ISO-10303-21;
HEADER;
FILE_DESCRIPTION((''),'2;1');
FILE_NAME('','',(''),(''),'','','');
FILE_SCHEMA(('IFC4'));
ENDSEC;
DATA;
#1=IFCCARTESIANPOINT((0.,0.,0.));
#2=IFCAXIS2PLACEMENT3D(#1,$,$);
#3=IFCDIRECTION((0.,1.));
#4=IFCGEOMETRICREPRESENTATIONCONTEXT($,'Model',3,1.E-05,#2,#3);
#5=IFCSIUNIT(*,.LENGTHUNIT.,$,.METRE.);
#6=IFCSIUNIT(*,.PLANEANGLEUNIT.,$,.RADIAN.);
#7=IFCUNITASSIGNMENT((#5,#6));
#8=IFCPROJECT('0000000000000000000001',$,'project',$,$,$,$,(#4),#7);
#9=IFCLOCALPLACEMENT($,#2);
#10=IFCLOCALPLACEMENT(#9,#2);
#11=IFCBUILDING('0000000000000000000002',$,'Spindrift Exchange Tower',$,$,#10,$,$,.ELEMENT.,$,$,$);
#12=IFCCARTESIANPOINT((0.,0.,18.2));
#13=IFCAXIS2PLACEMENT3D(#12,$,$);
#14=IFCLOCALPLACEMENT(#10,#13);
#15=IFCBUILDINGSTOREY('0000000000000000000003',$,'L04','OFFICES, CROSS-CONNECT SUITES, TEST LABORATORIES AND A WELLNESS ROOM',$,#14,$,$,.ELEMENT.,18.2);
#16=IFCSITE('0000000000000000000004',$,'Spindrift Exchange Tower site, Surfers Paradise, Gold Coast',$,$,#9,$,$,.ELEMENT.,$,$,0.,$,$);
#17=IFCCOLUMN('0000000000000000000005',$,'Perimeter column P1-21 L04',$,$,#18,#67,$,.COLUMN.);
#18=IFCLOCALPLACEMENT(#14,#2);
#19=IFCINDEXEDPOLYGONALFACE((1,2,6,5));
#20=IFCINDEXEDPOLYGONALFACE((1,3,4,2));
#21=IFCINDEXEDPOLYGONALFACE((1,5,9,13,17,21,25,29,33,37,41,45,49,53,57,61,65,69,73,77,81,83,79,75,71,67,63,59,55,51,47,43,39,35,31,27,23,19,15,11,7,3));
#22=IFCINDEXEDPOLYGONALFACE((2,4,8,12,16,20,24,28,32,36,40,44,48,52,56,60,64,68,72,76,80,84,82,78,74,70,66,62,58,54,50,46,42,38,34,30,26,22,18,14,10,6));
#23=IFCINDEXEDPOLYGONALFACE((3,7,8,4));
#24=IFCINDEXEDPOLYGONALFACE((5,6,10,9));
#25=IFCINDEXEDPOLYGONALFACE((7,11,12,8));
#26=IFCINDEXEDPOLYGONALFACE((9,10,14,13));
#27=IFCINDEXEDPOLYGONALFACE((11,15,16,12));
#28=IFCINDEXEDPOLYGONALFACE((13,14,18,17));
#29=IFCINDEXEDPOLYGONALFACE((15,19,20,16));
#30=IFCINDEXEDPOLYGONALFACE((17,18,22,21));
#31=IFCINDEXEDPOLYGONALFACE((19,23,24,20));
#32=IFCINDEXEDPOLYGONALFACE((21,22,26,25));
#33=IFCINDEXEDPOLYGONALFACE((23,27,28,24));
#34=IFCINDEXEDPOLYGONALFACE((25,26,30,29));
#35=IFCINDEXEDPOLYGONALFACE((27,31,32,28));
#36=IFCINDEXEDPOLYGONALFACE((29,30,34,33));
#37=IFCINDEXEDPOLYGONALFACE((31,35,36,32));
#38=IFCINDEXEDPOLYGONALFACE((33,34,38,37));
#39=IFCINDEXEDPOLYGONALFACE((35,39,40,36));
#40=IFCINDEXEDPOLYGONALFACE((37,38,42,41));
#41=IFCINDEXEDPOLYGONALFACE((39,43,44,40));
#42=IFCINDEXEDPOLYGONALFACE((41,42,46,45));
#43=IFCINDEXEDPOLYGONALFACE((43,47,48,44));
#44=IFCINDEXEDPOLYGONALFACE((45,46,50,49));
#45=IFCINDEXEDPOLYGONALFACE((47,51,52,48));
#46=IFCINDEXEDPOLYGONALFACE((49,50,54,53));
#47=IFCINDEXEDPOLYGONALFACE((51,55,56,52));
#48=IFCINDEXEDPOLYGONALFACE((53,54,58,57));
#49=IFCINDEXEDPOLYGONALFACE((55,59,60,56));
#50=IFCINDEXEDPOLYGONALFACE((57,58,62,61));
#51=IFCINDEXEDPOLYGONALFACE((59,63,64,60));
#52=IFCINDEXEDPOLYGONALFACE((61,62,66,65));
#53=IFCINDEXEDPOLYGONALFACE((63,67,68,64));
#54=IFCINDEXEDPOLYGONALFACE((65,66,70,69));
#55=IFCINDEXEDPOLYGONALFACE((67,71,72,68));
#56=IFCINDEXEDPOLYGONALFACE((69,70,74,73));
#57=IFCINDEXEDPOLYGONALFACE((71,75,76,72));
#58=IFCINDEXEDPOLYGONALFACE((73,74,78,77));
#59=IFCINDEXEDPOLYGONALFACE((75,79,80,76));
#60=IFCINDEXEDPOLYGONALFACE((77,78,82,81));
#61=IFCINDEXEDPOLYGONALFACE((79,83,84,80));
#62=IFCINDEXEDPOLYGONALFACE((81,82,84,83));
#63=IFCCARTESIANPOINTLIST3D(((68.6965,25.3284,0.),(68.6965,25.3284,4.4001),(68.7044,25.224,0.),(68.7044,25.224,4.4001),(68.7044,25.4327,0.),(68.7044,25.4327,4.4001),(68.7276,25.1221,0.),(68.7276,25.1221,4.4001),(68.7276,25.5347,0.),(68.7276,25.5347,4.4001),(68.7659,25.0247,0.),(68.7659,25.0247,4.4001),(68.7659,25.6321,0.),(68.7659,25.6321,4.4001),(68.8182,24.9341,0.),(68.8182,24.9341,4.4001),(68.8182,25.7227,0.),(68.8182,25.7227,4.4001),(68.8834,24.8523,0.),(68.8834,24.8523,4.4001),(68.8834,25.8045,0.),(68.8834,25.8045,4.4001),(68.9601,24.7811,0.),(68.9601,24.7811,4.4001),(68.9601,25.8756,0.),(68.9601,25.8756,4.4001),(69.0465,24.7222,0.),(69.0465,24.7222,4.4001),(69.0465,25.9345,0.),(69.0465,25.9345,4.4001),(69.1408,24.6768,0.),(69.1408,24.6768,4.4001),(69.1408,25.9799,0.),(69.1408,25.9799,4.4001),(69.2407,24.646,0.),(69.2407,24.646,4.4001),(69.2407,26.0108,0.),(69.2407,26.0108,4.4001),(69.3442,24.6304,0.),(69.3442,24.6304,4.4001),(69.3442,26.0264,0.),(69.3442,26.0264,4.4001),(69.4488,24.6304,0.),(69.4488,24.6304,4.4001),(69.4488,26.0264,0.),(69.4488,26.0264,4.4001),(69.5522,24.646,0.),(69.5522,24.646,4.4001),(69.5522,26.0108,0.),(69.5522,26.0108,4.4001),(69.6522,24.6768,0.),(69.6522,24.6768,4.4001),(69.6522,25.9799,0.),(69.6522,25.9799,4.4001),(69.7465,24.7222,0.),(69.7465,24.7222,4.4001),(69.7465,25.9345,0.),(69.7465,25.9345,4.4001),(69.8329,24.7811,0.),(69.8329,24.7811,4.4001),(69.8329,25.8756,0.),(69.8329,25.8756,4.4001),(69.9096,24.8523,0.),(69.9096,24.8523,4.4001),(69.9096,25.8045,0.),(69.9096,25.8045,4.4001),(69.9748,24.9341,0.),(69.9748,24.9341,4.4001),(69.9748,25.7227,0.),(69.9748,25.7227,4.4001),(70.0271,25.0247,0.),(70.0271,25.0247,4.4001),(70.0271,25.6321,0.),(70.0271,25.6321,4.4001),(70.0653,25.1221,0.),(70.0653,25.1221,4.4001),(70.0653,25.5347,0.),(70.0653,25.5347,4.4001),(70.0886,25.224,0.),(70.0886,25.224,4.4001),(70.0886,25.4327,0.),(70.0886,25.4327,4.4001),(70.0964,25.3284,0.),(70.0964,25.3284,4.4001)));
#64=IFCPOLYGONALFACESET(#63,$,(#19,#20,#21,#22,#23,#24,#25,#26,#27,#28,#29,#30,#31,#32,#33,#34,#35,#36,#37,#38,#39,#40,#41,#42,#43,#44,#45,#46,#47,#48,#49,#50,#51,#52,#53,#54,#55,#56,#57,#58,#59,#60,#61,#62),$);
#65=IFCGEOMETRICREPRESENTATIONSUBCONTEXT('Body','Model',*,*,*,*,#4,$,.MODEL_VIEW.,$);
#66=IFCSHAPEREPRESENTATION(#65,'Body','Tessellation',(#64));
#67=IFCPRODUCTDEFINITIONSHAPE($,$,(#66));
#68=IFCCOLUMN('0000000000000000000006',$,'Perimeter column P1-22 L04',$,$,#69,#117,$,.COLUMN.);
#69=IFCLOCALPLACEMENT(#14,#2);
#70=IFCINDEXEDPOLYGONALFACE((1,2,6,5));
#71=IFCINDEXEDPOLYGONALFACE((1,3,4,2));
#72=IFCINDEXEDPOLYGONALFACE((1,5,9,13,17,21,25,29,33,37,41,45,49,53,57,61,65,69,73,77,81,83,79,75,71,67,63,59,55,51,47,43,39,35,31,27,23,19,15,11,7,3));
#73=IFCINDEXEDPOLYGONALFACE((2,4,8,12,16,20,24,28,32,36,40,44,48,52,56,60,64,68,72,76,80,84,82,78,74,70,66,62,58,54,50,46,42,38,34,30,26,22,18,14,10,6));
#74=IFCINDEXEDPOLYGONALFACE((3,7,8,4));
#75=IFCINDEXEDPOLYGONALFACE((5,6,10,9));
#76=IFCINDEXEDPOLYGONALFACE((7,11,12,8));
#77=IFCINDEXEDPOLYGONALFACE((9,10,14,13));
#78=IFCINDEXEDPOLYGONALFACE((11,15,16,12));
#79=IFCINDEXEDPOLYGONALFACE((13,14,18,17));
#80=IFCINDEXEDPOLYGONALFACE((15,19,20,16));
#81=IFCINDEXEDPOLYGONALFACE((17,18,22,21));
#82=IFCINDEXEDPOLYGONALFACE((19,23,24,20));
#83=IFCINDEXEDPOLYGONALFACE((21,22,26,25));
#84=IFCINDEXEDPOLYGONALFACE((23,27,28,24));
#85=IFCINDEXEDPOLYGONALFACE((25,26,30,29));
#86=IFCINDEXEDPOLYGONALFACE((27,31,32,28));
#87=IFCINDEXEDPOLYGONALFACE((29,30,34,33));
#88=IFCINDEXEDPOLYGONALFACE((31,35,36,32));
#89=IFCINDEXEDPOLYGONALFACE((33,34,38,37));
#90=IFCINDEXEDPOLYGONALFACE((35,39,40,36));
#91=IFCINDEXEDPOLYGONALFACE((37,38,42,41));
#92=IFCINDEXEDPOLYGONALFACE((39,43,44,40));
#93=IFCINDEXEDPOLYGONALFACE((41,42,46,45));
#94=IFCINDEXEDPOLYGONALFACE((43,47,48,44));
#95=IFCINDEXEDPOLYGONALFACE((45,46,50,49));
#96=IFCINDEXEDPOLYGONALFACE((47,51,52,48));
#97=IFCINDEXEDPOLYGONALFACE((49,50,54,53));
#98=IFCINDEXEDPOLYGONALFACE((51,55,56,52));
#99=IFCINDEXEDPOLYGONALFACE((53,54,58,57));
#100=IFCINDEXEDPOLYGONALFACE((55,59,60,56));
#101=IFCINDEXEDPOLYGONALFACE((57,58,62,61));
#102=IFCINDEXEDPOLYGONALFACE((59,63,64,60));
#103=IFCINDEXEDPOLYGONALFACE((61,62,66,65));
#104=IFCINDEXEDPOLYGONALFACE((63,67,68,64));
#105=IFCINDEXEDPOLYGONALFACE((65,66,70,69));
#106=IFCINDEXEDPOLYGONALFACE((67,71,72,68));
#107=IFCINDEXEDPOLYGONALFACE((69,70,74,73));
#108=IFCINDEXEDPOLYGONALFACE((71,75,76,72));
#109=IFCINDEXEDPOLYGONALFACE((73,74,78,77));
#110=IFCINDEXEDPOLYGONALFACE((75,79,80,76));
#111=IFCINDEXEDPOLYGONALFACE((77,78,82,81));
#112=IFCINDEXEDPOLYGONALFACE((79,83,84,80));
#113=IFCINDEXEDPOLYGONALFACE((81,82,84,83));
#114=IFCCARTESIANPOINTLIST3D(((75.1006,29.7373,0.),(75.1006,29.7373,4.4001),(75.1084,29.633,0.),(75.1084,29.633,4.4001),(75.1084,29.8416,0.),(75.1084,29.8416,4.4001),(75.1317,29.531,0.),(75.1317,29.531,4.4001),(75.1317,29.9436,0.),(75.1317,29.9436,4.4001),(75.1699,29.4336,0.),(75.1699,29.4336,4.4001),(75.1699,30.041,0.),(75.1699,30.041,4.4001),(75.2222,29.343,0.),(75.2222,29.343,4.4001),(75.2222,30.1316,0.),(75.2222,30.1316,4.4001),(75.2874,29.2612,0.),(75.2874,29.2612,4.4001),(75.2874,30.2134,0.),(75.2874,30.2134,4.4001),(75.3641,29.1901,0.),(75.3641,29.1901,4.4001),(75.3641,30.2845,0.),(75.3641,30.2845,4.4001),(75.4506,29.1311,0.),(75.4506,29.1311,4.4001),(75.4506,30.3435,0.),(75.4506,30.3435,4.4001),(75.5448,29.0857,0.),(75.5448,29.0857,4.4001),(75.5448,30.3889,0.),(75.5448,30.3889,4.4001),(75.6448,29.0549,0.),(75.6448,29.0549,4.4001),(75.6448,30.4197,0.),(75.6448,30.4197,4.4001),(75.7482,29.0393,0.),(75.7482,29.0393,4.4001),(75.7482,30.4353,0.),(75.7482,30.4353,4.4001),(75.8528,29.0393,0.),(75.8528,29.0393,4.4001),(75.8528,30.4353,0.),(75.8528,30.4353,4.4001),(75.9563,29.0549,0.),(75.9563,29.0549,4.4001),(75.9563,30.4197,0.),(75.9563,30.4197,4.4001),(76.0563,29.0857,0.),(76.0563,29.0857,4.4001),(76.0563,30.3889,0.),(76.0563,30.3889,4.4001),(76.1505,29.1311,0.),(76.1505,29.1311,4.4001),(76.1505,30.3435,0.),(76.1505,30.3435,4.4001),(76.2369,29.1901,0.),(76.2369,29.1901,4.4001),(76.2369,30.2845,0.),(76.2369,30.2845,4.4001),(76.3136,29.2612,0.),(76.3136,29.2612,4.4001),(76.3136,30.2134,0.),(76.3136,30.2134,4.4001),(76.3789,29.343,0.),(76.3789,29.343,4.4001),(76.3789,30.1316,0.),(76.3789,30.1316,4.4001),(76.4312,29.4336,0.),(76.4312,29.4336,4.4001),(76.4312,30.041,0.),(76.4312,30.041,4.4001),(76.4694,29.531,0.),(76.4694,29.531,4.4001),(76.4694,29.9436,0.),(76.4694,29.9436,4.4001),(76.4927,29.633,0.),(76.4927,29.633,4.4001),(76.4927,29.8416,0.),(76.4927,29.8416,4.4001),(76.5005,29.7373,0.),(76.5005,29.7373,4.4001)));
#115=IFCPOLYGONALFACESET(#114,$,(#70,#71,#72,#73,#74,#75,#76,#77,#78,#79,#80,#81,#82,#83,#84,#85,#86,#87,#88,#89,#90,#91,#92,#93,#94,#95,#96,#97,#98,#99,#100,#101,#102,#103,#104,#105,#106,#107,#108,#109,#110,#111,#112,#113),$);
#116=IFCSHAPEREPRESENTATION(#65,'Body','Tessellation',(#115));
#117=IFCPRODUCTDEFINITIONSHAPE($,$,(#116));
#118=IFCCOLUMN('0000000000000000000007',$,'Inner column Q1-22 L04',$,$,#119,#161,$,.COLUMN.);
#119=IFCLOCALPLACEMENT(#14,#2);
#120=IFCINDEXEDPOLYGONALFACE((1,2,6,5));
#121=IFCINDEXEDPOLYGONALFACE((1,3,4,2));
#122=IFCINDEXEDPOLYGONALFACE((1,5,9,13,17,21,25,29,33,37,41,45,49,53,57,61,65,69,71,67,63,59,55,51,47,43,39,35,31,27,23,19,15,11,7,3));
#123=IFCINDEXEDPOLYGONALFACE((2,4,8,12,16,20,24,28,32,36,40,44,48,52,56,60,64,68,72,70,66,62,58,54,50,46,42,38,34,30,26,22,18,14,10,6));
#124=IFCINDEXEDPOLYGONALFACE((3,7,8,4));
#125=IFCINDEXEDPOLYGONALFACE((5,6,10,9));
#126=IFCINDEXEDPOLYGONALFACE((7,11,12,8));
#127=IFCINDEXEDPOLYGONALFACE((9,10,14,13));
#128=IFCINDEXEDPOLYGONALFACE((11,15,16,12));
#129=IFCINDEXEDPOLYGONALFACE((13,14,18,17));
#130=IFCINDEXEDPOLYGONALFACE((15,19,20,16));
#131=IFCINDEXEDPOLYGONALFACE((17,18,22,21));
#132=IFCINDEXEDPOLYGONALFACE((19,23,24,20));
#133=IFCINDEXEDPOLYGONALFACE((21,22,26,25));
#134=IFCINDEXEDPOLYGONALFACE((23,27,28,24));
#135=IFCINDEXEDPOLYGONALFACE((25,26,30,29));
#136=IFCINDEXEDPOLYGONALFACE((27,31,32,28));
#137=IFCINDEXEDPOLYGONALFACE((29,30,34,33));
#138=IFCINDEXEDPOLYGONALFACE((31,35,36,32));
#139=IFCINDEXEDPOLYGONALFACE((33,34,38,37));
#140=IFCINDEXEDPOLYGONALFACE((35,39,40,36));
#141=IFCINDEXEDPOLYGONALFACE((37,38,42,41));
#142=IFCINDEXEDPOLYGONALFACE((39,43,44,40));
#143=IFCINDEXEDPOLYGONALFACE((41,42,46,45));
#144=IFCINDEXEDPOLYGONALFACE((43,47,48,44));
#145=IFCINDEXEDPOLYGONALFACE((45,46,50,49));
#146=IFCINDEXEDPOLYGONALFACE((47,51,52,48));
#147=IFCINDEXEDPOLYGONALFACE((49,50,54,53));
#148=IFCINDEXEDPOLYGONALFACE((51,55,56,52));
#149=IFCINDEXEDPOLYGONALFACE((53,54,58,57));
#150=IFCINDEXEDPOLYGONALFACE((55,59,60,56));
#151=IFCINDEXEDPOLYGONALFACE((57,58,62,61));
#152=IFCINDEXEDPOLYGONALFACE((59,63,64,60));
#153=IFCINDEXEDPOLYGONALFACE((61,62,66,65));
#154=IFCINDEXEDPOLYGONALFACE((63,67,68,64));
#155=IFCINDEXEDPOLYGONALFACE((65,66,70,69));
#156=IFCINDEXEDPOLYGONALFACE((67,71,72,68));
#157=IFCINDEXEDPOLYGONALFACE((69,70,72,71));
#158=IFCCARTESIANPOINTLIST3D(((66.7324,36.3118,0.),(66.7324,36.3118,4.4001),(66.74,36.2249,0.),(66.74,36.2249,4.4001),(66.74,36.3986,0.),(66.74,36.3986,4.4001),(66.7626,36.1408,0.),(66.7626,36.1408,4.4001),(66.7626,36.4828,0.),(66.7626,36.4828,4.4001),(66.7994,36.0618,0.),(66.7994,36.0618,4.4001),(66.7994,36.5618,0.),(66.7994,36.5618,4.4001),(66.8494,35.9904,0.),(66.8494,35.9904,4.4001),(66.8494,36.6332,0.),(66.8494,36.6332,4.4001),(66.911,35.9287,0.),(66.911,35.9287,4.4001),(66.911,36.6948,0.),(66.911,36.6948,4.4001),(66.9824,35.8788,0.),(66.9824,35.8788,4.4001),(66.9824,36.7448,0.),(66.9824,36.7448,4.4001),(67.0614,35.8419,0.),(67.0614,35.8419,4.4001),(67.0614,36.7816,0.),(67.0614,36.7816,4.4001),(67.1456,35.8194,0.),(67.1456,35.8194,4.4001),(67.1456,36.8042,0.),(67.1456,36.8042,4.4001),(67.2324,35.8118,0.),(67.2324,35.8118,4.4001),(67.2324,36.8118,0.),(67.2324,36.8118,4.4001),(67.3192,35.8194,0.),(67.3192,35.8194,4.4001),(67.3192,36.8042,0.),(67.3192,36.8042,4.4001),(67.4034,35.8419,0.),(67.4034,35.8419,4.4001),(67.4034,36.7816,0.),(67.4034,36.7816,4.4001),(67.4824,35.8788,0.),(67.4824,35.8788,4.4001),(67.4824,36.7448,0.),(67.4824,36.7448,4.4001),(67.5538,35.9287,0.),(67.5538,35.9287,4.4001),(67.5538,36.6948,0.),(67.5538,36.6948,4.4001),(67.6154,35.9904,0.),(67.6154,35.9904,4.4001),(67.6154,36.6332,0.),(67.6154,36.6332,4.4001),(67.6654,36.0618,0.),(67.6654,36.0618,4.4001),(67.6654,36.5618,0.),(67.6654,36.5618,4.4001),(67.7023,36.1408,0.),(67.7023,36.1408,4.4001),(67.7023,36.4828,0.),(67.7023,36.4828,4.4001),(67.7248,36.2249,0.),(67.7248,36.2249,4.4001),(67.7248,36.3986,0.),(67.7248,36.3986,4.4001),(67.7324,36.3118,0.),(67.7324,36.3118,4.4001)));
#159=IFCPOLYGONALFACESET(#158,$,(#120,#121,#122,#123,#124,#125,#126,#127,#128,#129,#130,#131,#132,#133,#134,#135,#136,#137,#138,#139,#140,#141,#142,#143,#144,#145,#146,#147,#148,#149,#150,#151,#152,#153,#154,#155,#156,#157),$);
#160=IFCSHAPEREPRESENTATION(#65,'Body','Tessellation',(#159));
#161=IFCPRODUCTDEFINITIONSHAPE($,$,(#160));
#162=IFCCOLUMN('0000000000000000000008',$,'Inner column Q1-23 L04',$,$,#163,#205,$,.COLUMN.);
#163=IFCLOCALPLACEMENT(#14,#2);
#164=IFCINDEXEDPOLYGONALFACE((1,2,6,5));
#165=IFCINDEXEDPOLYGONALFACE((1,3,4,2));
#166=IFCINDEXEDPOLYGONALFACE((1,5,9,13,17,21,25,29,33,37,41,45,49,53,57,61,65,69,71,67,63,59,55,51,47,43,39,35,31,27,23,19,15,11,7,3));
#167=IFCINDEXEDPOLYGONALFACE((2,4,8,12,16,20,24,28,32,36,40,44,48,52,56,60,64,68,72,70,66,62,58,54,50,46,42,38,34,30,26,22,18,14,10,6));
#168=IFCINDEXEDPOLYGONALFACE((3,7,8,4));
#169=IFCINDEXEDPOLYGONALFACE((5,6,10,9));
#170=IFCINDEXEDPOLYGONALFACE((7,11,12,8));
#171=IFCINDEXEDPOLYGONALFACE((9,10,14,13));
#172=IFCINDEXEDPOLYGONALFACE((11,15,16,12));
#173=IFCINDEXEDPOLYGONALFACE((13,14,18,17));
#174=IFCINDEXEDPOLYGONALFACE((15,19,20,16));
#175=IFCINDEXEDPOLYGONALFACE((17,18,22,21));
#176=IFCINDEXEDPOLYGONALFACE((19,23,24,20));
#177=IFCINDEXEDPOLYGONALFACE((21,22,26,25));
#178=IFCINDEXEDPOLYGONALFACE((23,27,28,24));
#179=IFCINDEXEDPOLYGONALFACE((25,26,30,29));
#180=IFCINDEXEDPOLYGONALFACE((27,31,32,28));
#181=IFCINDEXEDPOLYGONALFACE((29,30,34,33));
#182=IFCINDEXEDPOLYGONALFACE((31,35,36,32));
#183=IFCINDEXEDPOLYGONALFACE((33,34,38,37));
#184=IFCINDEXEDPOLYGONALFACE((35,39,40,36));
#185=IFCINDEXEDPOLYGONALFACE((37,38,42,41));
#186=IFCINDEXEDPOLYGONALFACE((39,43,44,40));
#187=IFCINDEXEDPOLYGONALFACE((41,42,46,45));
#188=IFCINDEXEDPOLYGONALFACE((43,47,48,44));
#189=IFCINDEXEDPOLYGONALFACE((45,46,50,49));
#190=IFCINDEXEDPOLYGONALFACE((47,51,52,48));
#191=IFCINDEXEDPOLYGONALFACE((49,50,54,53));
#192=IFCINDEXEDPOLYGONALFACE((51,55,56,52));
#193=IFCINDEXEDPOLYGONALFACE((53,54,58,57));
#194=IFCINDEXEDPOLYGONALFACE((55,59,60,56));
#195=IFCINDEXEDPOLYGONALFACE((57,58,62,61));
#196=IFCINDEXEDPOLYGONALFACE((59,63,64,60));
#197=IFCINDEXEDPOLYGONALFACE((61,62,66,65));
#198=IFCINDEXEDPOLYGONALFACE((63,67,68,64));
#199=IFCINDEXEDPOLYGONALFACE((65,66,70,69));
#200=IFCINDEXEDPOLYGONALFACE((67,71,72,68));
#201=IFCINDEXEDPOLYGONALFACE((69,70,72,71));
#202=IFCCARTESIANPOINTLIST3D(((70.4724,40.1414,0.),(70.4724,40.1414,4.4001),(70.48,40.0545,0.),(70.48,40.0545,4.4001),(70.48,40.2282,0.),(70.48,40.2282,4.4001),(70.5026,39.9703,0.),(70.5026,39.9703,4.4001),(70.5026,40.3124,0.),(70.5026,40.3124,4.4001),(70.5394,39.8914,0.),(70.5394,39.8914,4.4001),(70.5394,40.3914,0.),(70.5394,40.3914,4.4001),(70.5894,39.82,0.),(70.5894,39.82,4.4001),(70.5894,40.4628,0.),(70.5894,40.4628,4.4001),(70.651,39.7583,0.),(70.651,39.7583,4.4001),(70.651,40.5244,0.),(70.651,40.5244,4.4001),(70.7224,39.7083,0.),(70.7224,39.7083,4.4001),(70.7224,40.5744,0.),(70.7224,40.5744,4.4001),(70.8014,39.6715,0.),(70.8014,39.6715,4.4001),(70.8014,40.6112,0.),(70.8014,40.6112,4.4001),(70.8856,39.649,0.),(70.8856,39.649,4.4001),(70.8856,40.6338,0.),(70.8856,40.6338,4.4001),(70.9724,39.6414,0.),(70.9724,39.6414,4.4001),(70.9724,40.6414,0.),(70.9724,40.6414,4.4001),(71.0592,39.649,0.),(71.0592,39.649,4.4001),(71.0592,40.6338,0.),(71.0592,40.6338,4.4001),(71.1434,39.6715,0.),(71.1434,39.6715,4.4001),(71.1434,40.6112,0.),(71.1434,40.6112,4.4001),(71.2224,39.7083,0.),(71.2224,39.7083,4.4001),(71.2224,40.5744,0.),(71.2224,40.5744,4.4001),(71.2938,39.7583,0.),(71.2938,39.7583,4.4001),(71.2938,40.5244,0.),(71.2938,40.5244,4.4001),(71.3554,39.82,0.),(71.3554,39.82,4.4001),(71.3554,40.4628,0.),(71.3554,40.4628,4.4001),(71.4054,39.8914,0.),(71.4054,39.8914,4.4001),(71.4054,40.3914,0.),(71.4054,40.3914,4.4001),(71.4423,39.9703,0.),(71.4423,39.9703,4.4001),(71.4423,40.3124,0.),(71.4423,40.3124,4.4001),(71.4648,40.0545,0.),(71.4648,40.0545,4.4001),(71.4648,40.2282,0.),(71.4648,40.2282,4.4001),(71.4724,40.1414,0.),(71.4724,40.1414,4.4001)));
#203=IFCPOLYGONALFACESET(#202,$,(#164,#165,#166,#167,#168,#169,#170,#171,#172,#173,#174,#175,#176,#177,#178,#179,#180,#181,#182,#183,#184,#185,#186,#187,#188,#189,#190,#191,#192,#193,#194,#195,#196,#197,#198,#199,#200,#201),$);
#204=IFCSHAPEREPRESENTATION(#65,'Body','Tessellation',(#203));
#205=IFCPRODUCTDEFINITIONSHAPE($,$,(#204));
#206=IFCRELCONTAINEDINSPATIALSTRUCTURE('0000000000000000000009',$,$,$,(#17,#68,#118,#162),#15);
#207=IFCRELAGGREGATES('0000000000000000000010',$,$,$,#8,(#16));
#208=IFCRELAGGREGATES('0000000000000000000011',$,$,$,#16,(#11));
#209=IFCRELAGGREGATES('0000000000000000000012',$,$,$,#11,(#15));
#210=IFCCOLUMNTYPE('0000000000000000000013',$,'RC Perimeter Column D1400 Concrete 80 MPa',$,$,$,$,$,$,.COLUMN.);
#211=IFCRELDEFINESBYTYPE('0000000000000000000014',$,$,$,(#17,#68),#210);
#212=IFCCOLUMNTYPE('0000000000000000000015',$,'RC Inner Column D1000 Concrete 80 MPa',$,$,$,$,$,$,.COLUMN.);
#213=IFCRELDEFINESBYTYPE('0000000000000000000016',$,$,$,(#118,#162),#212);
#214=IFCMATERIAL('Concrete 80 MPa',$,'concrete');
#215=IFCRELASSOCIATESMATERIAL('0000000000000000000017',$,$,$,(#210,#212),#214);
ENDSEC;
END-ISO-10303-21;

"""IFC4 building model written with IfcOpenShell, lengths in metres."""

from ifc_helpers import new_model, si_unit, direction, frame, origin, origin_2d, place, context, subcontext, project, spatial, circle, extrude, source, transform, mapped, material, material_profile, profile_set, type_object, element, save


model = new_model("IFC4")

# Units and contexts
model_context = context("Model", 3, precision=1e-05, world=origin(), true_north=direction((0.0, 1.0)))
body_context = subcontext(model_context, "Body", "Model", "MODEL_VIEW")
ifc_project = project(units=[si_unit("LENGTHUNIT", "METRE"), si_unit("PLANEANGLEUNIT", "RADIAN")], contexts=[model_context])

# Site, building, storey
site_placement = place(None, origin())
site = spatial("IfcSite", under=ifc_project, at=site_placement, Name="Spindrift Exchange Tower site, Surfers Paradise, Gold Coast", CompositionType="ELEMENT", RefElevation=0.0)
building_placement = place(site_placement, origin())
building = spatial("IfcBuilding", under=site, at=building_placement, Name="Spindrift Exchange Tower", CompositionType="ELEMENT")
storey_placement = place(building_placement, frame((0.0, 0.0, 18.2)))
storey = spatial("IfcBuildingStorey", under=building, at=storey_placement, Name="L04", Description="OFFICES, CROSS-CONNECT SUITES, TEST LABORATORIES AND A WELLNESS ROOM", CompositionType="ELEMENT", Elevation=18.2)

# Columns
ifc_material_1 = material(Name="Concrete 80 MPa", Category="concrete")
ifc_material_profile_1 = material_profile(ifc_material_1, circle(Radius=0.7, at=origin_2d()), Name="RC D1400")
ifc_profile_set_1 = profile_set([ifc_material_profile_1], Name="Concrete 80 MPa")
column_type_1 = type_object("IfcColumnType", Name="RC Perimeter Column D1400 Concrete 80 MPa", PredefinedType="COLUMN", material=ifc_profile_set_1)
shared_shape_1 = source(origin(), body_context, "Body", "SweptSolid", [
    extrude(circle(Radius=0.7, at=origin_2d()), origin(), (0.0, 0.0, 1.0), 4.4001),
])
for number, where, z_axis, x_axis, name in (
    (1, (69.3965, 25.3284, 0.0), (0.0, 0.0, 1.0), (1.0, 0.0, 0.0), "Perimeter column P1-21 L04"),
    (2, (75.8005, 29.7373, 0.0), (0.0, 0.0, 1.0), (1.0, 0.0, 0.0), "Perimeter column P1-22 L04"),
):
    element("IfcColumn", number, at=place(storey_placement, frame(where, z_axis=z_axis, x_axis=x_axis)), inside=storey, type_object=column_type_1, Name=name, PredefinedType="COLUMN", context=body_context, shape_type="MappedRepresentation", body=[
        mapped(shared_shape_1, transform((0.0, 0.0, 0.0), scale=1.0)),
    ])
ifc_material_profile_2 = material_profile(ifc_material_1, circle(Radius=0.5, at=origin_2d()), Name="RC D1000")
ifc_profile_set_2 = profile_set([ifc_material_profile_2], Name="Concrete 80 MPa")
column_type_2 = type_object("IfcColumnType", Name="RC Inner Column D1000 Concrete 80 MPa", PredefinedType="COLUMN", material=ifc_profile_set_2)
shared_shape_2 = source(origin(), body_context, "Body", "SweptSolid", [
    extrude(circle(Radius=0.5, at=origin_2d()), origin(), (0.0, 0.0, 1.0), 4.4001),
])
for number, where, z_axis, x_axis, name in (
    (3, (67.2324, 36.3118, 0.0), (0.0, 0.0, 1.0), (1.0, 0.0, 0.0), "Inner column Q1-22 L04"),
    (4, (70.9724, 40.1414, 0.0), (0.0, 0.0, 1.0), (1.0, 0.0, 0.0), "Inner column Q1-23 L04"),
):
    element("IfcColumn", number, at=place(storey_placement, frame(where, z_axis=z_axis, x_axis=x_axis)), inside=storey, type_object=column_type_2, Name=name, PredefinedType="COLUMN", context=body_context, shape_type="MappedRepresentation", body=[
        mapped(shared_shape_2, transform((0.0, 0.0, 0.0), scale=1.0)),
    ])

save(model, "model.ifc")
